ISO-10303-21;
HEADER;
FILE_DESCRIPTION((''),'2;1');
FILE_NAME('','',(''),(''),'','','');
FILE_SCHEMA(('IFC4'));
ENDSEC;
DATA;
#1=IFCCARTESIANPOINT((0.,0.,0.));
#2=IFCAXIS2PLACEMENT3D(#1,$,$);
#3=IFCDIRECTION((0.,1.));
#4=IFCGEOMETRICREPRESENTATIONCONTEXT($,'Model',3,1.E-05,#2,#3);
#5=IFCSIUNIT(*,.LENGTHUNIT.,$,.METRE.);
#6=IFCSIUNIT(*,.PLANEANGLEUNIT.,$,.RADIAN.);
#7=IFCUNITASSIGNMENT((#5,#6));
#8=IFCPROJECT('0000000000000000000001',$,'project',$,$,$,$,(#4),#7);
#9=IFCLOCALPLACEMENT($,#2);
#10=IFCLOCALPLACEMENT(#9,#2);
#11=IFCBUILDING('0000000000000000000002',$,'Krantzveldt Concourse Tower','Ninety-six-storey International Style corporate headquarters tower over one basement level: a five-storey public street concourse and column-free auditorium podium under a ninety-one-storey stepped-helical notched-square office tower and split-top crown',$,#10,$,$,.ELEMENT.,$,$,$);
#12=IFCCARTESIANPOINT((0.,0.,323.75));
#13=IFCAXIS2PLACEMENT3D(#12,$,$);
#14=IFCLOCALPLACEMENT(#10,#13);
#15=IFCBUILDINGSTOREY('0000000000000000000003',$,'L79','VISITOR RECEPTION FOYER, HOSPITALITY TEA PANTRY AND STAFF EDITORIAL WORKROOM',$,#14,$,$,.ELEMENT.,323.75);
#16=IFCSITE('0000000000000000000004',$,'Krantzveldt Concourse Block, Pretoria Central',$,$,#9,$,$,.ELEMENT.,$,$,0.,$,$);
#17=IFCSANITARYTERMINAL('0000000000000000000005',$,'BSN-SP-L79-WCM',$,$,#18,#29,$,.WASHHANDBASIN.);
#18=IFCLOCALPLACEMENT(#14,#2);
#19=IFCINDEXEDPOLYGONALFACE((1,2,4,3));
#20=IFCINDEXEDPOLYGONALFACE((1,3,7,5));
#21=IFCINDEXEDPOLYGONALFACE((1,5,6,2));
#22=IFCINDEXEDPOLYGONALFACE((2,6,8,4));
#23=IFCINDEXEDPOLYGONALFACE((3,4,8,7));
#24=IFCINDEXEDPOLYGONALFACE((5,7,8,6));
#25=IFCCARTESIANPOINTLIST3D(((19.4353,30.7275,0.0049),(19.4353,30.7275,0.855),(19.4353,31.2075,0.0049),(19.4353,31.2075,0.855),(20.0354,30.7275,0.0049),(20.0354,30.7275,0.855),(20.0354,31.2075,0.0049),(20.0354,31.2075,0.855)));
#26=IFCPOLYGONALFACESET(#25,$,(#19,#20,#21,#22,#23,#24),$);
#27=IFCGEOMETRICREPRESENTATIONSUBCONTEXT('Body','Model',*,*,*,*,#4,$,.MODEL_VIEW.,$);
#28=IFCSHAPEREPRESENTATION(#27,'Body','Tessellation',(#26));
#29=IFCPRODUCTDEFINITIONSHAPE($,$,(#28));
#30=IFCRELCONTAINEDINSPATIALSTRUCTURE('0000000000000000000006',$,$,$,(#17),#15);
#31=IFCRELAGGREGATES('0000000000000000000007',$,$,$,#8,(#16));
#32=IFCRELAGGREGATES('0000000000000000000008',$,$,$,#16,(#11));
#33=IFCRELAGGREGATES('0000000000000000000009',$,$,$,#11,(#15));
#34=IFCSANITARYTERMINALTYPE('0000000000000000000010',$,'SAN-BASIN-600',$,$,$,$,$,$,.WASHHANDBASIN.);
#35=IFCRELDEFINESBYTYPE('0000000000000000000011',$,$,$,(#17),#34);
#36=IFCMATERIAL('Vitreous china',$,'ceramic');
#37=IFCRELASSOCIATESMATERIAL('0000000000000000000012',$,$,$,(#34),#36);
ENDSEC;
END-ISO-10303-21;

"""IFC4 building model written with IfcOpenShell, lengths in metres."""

from ifc_helpers import new_model, si_unit, direction, frame, origin, origin_2d, place, context, subcontext, project, spatial, rectangle, extrude, source, transform, mapped, material, type_object, type_shapes, element, save


model = new_model("IFC4")

# Units and contexts
model_context = context("Model", 3, precision=1e-05, world=origin(), true_north=direction((0.0, 1.0)))
body_context = subcontext(model_context, "Body", "Model", "MODEL_VIEW")
ifc_project = project(units=[si_unit("LENGTHUNIT", "METRE"), si_unit("PLANEANGLEUNIT", "RADIAN")], contexts=[model_context])

# Site, building, storey
site_placement = place(None, origin())
site = spatial("IfcSite", under=ifc_project, at=site_placement, Name="Krantzveldt Concourse Block, Pretoria Central", CompositionType="ELEMENT", RefElevation=0.0)
building_placement = place(site_placement, origin())
building = spatial("IfcBuilding", under=site, at=building_placement, Name="Krantzveldt Concourse Tower", Description="Ninety-six-storey International Style corporate headquarters tower over one basement level: a five-storey public street concourse and column-free auditorium podium under a ninety-one-storey stepped-helical notched-square office tower and split-top crown", CompositionType="ELEMENT")
storey_placement = place(building_placement, frame((0.0, 0.0, 323.75)))
storey = spatial("IfcBuildingStorey", under=building, at=storey_placement, Name="L79", Description="VISITOR RECEPTION FOYER, HOSPITALITY TEA PANTRY AND STAFF EDITORIAL WORKROOM", CompositionType="ELEMENT", Elevation=323.75)

# Sanitary terminal
ifc_material_1 = material(Name="Vitreous china", Category="ceramic")
sanitary_terminal_type_1 = type_object("IfcSanitaryTerminalType", Name="SAN-BASIN-600", PredefinedType="WASHHANDBASIN", material=ifc_material_1)
shared_shape_1 = source(origin(), body_context, "Body", "SweptSolid", [
    extrude(rectangle(XDim=0.6001, YDim=0.48, at=origin_2d()), origin(), (0.0, 0.0, 1.0), 0.8501),
])
type_shapes(sanitary_terminal_type_1, [shared_shape_1])
sanitary_terminal_1_placement = place(storey_placement, frame((19.7354, 30.9675, 0.0049), z_axis=(0.0, 0.0, 1.0), x_axis=(1.0, 0.0, 0.0)))
element("IfcSanitaryTerminal", 1, at=sanitary_terminal_1_placement, inside=storey, type_object=sanitary_terminal_type_1, Name="BSN-SP-L79-WCM", PredefinedType="WASHHANDBASIN", context=body_context, shape_type="MappedRepresentation", body=[
    mapped(shared_shape_1, transform((0.0, 0.0, 0.0), x_axis=(1.0, 0.0, 0.0), y_axis=(0.0, 1.0, 0.0), z_axis=(0.0, 0.0, 1.0), scale=1.0)),
])

save(model, "model.ifc")
